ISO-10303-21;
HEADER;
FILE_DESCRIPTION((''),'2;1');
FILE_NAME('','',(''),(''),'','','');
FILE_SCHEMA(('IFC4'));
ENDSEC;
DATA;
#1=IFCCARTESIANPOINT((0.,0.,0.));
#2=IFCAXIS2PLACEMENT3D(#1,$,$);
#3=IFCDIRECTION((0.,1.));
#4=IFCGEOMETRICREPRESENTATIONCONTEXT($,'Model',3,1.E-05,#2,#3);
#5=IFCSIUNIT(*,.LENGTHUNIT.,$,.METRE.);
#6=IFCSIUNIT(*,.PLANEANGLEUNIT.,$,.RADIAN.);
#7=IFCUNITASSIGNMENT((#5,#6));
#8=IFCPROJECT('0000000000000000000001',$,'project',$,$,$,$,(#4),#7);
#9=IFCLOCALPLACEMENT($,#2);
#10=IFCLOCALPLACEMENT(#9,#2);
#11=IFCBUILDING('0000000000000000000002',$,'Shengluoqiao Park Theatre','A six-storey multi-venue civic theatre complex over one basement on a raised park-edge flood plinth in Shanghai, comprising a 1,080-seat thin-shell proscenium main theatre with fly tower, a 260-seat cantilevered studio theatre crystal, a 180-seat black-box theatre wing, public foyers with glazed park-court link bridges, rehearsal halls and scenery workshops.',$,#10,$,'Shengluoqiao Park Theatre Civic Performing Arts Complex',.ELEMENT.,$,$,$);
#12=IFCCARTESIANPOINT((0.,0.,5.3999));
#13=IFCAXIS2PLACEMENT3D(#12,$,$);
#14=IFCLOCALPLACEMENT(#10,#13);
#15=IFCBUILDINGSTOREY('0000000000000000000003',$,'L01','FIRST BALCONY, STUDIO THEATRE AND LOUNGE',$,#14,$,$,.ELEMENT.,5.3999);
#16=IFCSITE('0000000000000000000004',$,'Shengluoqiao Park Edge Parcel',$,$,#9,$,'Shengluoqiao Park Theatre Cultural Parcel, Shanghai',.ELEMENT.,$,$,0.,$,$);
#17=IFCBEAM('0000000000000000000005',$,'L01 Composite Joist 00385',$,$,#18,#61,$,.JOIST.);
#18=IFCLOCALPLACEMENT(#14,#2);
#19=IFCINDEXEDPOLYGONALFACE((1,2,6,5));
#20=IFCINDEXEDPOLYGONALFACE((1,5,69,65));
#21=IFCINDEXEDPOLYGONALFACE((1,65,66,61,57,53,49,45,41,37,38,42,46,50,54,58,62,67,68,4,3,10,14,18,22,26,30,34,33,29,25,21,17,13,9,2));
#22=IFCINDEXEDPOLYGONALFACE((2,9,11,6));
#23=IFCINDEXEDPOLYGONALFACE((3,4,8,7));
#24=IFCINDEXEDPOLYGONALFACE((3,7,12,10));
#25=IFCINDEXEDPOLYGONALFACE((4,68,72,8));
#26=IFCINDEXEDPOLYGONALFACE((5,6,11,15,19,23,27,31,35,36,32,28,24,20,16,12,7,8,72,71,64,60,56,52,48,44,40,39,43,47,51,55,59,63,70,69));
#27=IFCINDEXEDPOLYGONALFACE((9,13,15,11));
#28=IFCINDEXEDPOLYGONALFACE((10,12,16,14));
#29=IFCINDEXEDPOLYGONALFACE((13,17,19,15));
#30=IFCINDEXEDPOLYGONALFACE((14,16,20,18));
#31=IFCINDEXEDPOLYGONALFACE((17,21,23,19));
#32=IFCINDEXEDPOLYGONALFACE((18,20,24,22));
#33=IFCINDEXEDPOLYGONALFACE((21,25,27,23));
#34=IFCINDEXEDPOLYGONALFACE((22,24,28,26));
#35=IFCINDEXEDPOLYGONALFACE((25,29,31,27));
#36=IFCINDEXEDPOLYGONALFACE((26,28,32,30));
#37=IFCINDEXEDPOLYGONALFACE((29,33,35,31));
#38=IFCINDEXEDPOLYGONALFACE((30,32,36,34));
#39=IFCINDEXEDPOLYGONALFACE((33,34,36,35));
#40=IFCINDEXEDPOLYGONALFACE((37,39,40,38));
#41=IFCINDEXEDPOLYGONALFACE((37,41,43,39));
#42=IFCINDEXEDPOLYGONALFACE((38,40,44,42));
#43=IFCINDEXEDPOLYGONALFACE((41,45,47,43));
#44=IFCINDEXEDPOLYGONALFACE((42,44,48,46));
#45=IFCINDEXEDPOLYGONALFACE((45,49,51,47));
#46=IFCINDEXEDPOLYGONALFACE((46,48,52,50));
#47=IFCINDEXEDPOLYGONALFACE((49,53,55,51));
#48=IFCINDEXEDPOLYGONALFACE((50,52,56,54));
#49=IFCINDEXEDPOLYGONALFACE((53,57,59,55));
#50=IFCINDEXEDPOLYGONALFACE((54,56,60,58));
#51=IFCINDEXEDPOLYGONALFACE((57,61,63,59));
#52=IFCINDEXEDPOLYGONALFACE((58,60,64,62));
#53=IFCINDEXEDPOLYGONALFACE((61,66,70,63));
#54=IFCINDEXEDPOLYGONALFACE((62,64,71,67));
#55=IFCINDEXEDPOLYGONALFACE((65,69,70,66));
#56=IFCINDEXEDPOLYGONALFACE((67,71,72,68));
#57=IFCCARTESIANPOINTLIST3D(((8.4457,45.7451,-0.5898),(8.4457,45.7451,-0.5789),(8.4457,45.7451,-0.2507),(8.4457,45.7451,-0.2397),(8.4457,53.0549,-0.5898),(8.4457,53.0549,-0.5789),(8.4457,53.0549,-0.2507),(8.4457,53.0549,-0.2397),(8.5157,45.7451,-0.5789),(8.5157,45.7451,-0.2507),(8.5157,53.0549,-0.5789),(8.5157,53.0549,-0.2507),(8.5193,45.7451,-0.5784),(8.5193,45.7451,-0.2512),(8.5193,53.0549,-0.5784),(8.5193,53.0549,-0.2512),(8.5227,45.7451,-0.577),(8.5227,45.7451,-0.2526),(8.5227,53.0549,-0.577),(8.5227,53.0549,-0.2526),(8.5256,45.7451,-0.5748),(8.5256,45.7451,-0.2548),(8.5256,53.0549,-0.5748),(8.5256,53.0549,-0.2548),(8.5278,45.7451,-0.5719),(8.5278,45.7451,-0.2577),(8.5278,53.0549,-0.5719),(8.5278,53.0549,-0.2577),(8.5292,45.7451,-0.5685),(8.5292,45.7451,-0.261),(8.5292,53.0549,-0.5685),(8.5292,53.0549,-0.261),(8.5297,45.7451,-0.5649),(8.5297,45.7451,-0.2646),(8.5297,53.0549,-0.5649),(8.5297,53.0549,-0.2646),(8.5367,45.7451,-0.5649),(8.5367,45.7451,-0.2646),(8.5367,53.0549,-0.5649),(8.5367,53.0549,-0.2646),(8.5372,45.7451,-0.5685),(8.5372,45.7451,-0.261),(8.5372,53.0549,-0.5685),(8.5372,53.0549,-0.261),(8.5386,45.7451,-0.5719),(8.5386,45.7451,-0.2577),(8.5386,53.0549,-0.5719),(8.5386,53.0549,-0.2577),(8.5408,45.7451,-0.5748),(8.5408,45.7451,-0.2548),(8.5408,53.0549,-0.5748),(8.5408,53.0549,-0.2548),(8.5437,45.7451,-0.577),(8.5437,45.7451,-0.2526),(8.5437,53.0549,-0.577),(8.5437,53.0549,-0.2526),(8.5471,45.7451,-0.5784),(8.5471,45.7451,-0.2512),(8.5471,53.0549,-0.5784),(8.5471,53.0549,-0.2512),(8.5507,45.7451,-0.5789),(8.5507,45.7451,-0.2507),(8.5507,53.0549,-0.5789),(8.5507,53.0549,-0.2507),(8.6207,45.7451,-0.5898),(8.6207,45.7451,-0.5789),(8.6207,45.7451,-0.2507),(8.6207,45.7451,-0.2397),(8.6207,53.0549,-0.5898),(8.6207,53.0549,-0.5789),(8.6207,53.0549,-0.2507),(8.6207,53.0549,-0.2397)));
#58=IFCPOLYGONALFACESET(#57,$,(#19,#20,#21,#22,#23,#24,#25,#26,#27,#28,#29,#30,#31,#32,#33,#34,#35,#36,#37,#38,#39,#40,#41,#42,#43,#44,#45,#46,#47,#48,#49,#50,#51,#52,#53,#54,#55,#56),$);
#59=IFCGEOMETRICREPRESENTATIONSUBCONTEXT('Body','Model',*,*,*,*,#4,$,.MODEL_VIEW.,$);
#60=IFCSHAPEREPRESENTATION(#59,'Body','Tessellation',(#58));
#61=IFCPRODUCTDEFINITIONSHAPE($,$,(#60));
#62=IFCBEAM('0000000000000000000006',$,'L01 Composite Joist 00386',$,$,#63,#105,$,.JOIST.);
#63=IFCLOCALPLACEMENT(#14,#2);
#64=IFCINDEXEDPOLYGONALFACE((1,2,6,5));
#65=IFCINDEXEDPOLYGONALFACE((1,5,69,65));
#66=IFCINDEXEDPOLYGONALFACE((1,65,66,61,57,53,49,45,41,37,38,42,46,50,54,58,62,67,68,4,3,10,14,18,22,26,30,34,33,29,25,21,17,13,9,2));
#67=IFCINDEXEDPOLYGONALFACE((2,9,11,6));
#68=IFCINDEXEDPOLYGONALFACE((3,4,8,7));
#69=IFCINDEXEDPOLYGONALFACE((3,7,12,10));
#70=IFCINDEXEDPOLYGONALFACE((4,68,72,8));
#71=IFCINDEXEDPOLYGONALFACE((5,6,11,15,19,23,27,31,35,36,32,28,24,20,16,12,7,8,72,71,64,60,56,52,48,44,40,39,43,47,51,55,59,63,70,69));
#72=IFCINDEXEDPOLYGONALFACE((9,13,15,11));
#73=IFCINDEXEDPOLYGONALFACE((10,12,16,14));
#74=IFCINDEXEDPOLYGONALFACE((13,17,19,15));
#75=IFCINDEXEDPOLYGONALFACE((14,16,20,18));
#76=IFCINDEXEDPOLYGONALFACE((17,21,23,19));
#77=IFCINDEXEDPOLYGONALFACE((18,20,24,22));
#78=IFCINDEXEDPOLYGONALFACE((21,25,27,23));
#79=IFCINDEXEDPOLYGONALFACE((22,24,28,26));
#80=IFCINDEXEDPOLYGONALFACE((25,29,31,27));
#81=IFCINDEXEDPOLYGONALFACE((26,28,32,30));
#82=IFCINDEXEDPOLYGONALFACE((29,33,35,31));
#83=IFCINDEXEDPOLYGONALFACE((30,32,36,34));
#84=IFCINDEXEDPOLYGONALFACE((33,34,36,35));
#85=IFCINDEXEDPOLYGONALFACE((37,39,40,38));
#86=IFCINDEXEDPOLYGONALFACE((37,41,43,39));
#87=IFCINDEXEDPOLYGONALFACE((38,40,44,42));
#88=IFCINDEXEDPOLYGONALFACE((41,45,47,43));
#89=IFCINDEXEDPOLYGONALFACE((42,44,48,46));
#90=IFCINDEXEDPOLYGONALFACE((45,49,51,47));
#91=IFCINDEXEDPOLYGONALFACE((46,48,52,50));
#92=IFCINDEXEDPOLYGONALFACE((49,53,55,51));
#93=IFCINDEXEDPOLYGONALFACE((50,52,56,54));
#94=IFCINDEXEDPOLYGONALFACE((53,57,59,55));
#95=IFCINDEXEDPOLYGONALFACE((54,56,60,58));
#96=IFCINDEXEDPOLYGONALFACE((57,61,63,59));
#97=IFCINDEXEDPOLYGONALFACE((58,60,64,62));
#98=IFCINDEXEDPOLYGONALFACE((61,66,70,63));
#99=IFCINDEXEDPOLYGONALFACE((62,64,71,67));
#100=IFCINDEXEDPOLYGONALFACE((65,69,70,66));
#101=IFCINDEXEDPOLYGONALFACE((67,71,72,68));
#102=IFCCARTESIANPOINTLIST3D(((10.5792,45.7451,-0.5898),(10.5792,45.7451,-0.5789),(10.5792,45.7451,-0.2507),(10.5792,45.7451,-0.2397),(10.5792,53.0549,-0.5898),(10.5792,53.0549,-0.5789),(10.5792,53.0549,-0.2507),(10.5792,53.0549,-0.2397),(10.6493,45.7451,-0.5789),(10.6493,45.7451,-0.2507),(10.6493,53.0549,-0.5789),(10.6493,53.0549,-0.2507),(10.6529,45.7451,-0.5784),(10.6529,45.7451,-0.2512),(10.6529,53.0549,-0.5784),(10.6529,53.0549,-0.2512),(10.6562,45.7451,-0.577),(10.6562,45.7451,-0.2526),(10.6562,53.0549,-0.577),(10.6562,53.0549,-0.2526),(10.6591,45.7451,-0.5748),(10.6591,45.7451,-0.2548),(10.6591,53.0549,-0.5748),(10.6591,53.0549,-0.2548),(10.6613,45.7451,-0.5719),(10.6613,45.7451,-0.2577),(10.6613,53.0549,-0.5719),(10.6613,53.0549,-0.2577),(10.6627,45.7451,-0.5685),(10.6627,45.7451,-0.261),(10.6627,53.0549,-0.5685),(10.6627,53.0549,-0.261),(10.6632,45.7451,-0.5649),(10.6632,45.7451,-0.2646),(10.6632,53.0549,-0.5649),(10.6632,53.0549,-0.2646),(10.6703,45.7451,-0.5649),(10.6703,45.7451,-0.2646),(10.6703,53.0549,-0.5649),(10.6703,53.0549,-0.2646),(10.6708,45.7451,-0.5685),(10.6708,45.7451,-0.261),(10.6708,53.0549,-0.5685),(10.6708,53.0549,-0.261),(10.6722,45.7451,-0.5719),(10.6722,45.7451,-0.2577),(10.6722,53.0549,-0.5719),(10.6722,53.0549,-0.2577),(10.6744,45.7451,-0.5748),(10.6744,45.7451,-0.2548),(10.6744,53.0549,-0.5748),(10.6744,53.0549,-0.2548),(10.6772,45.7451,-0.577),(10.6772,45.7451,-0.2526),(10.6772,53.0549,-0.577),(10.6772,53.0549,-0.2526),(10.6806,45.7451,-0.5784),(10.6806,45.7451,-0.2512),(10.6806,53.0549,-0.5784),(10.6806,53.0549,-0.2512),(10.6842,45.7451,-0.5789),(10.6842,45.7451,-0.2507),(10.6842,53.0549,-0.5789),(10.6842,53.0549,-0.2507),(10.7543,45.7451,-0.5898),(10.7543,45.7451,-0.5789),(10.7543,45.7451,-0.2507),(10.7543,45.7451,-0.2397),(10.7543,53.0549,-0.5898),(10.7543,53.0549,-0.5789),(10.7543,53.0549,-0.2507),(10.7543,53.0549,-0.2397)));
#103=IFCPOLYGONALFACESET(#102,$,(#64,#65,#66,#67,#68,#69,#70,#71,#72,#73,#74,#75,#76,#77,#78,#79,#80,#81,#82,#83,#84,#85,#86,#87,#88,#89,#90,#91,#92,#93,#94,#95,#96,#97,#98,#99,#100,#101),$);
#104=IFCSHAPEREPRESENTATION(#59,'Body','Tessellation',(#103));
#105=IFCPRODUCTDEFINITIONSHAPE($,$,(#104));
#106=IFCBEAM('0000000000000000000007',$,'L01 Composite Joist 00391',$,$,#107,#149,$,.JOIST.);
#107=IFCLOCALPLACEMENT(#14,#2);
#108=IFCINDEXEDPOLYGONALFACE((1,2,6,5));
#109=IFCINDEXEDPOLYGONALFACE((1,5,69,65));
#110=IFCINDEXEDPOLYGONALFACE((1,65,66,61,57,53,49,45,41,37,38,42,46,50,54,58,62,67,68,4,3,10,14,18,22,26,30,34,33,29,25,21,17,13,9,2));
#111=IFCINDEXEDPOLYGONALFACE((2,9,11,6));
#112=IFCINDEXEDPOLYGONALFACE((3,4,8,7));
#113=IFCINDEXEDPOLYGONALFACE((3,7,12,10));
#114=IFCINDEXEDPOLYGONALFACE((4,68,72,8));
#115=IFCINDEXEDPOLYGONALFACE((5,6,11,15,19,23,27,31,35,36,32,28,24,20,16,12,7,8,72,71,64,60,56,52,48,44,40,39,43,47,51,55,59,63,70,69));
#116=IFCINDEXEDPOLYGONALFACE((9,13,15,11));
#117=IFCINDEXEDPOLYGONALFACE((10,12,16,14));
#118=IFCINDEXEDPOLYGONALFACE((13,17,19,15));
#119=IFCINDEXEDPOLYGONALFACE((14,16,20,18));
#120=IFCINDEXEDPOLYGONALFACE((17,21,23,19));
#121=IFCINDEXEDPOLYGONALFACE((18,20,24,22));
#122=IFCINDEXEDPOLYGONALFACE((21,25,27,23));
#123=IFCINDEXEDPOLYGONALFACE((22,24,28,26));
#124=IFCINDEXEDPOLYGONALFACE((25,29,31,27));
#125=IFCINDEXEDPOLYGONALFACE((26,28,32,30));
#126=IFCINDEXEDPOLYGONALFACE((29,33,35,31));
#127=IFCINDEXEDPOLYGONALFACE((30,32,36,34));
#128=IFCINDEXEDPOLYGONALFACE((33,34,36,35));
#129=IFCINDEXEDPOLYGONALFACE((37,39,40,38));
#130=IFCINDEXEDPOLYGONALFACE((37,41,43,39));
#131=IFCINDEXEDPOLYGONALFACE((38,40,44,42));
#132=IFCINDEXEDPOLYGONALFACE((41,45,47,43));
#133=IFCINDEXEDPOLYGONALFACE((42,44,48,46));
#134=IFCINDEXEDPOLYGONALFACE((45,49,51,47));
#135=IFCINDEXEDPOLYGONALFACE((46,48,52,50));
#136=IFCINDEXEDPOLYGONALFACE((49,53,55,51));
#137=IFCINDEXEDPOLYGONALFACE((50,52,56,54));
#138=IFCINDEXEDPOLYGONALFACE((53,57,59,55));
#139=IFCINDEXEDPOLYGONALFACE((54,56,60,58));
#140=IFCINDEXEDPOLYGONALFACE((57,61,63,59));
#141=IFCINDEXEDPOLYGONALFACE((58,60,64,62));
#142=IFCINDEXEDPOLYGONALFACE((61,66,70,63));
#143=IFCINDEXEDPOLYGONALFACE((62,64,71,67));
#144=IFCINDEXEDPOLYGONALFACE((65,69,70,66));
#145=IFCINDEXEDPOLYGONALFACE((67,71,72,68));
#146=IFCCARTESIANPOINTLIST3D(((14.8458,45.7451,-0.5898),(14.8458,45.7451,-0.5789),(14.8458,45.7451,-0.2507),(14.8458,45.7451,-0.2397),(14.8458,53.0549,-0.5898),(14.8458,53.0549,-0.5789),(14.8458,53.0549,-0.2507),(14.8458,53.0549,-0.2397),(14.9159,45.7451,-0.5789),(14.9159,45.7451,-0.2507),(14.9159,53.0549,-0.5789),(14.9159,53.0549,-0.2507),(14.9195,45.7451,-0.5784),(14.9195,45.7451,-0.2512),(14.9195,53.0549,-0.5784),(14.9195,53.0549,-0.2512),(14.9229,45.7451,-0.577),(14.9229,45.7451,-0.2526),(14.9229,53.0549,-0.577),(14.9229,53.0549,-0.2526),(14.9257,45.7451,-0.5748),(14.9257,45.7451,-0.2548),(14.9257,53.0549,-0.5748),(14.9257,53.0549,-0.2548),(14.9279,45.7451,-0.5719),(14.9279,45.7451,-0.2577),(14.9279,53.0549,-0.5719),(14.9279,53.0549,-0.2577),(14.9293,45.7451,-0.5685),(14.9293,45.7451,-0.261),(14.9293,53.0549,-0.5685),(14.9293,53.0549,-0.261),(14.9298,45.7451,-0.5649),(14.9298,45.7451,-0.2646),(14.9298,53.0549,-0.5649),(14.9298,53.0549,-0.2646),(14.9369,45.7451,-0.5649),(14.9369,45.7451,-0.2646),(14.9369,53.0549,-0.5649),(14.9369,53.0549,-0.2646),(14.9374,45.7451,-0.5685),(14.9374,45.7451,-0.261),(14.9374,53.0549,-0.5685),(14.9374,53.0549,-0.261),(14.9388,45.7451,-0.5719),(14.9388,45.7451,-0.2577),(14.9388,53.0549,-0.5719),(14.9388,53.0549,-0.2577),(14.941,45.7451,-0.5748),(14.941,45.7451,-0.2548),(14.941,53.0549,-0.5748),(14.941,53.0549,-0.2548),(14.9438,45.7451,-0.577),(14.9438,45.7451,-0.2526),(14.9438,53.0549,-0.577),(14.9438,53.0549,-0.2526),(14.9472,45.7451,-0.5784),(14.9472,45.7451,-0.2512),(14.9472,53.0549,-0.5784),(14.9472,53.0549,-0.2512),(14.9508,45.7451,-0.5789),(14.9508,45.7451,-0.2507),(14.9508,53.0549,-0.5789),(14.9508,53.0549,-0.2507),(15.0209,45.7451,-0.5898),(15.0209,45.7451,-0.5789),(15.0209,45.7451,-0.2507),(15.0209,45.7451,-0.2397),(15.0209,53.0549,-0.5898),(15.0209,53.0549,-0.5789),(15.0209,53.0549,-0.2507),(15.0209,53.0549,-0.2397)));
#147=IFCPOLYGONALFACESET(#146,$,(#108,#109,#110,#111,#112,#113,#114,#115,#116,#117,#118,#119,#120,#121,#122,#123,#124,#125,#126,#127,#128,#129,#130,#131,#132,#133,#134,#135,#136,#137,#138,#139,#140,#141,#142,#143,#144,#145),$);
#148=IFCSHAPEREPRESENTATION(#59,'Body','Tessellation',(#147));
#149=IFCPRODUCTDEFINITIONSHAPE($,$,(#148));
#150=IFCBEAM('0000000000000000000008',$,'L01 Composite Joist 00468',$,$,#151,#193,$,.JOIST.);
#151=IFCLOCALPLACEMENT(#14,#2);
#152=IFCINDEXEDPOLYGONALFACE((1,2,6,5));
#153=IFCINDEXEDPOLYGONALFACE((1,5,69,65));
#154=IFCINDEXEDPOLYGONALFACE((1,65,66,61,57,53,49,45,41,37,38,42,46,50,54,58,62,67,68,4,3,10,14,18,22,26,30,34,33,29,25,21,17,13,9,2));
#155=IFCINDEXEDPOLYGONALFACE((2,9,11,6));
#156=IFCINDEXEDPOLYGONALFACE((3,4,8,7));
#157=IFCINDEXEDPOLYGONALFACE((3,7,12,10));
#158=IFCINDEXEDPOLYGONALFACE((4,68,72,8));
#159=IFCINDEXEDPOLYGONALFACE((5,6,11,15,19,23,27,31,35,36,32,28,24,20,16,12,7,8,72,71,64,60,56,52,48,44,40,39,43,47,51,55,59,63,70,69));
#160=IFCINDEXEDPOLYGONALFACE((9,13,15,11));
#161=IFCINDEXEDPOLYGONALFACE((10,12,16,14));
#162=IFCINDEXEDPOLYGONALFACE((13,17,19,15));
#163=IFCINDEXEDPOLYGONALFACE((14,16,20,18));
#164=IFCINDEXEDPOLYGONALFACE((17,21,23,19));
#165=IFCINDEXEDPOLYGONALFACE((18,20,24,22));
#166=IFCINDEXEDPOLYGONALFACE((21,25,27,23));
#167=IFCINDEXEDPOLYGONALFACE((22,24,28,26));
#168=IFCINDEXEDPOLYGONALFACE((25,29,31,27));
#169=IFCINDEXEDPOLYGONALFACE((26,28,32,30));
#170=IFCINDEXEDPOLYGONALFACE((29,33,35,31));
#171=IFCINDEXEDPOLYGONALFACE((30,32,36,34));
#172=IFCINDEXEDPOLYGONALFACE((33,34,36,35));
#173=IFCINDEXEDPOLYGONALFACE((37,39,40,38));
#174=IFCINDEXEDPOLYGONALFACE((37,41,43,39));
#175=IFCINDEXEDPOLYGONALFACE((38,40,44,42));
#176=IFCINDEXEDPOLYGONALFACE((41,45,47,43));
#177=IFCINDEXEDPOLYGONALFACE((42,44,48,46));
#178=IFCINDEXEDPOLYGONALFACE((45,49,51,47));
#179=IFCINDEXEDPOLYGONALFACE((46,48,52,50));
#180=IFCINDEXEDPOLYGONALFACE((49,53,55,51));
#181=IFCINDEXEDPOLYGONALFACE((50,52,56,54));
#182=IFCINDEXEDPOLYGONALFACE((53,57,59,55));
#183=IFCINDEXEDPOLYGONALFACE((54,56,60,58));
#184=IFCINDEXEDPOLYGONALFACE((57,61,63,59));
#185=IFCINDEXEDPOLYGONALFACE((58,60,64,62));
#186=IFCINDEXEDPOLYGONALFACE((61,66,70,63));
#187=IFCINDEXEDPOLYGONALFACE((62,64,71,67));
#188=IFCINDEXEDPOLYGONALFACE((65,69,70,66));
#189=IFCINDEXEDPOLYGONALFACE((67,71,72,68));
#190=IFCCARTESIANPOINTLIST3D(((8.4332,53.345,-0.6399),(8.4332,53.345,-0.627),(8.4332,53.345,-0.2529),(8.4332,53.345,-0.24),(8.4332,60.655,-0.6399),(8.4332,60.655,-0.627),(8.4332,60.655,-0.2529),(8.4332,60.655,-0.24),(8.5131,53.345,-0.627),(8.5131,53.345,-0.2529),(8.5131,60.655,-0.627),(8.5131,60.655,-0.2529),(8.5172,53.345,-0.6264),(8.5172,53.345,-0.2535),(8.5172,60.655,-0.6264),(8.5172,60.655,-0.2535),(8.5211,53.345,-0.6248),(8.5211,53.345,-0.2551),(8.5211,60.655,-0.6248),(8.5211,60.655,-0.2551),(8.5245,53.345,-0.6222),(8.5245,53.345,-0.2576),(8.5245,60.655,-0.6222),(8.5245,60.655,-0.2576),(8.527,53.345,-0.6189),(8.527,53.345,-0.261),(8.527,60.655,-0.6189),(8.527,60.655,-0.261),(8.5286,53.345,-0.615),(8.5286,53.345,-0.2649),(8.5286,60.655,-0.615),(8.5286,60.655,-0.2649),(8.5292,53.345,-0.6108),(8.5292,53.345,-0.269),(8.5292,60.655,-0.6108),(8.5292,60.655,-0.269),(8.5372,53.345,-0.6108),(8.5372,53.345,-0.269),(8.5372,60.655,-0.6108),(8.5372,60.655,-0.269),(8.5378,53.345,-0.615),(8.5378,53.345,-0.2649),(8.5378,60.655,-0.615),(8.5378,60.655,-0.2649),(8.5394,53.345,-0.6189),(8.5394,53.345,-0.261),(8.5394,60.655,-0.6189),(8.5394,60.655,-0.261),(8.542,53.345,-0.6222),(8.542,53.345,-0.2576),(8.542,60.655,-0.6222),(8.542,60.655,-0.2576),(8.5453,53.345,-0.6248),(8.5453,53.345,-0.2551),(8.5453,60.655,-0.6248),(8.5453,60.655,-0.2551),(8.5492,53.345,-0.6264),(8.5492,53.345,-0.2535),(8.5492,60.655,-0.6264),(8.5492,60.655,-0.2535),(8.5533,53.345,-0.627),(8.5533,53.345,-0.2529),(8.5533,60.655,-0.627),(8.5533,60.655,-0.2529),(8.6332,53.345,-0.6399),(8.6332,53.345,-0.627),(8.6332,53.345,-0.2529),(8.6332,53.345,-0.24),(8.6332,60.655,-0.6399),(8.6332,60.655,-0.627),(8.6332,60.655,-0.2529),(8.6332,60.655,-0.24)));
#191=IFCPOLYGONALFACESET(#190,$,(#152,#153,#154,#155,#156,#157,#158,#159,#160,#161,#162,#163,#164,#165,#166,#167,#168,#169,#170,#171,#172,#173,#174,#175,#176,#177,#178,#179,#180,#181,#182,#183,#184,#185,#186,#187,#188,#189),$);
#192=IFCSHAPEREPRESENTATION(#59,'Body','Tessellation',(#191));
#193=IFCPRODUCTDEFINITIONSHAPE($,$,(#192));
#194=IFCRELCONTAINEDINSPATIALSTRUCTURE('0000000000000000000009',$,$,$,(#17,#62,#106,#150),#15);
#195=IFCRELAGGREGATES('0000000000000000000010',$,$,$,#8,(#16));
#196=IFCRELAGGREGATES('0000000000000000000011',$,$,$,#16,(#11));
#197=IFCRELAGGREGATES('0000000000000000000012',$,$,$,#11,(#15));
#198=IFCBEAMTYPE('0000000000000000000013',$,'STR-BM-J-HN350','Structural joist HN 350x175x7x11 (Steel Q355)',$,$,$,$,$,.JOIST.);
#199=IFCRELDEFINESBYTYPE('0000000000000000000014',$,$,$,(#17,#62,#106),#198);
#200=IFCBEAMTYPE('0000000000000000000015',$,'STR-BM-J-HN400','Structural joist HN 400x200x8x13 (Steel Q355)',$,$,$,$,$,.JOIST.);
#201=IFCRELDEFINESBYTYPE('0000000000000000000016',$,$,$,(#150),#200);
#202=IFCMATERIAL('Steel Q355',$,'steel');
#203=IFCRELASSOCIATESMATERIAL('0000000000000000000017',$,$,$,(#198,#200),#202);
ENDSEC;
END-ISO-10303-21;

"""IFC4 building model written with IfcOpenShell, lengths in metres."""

from ifc_helpers import new_model, si_unit, direction, frame, origin, origin_2d, place, context, subcontext, project, spatial, i_section, extrude, material, material_profile, profile_set, type_object, element, save


model = new_model("IFC4")

# Units and contexts
model_context = context("Model", 3, precision=1e-05, world=origin(), true_north=direction((0.0, 1.0)))
body_context = subcontext(model_context, "Body", "Model", "MODEL_VIEW")
ifc_project = project(units=[si_unit("LENGTHUNIT", "METRE"), si_unit("PLANEANGLEUNIT", "RADIAN")], contexts=[model_context])

# Site, building, storey
site_placement = place(None, origin())
site = spatial("IfcSite", under=ifc_project, at=site_placement, Name="Shengluoqiao Park Edge Parcel", LongName="Shengluoqiao Park Theatre Cultural Parcel, Shanghai", CompositionType="ELEMENT", RefElevation=0.0)
building_placement = place(site_placement, origin())
building = spatial("IfcBuilding", under=site, at=building_placement, Name="Shengluoqiao Park Theatre", Description="A six-storey multi-venue civic theatre complex over one basement on a raised park-edge flood plinth in Shanghai, comprising a 1,080-seat thin-shell proscenium main theatre with fly tower, a 260-seat cantilevered studio theatre crystal, a 180-seat black-box theatre wing, public foyers with glazed park-court link bridges, rehearsal halls and scenery workshops.", LongName="Shengluoqiao Park Theatre Civic Performing Arts Complex", CompositionType="ELEMENT")
storey_placement = place(building_placement, frame((0.0, 0.0, 5.3999)))
storey = spatial("IfcBuildingStorey", under=building, at=storey_placement, Name="L01", Description="FIRST BALCONY, STUDIO THEATRE AND LOUNGE", CompositionType="ELEMENT", Elevation=5.3999)

# Shared definitions
ifc_material_1 = material(Name="Steel Q355", Category="steel")

# Beams
ifc_material_profile_1 = material_profile(ifc_material_1, i_section(OverallWidth=0.175, OverallDepth=0.3501, WebThickness=0.0071, FlangeThickness=0.011, FilletRadius=0.0139, at=origin_2d()), Name="HN 350x175x7x11")
ifc_profile_set_1 = profile_set([ifc_material_profile_1], Name="Steel Q355")
beam_type_1 = type_object("IfcBeamType", Name="STR-BM-J-HN350", Description="Structural joist HN 350x175x7x11 (Steel Q355)", PredefinedType="JOIST", material=ifc_profile_set_1)
for number, where, z_axis, x_axis, name in (
    (1, (8.5332, 45.7451, -0.4148), (0.0, 1.0, 0.0), (-1.0, 0.0, 0.0), "L01 Composite Joist 00385"),
    (2, (10.6667, 45.7451, -0.4148), (0.0, 1.0, 0.0), (-1.0, 0.0, 0.0), "L01 Composite Joist 00386"),
    (3, (14.9333, 45.7451, -0.4148), (0.0, 1.0, 0.0), (-1.0, 0.0, 0.0), "L01 Composite Joist 00391"),
):
    element("IfcBeam", number, at=place(storey_placement, frame(where, z_axis=z_axis, x_axis=x_axis)), inside=storey, type_object=beam_type_1, Name=name, PredefinedType="JOIST", context=body_context, shape_type="SweptSolid", body=[
        extrude(i_section(OverallWidth=0.175, OverallDepth=0.3501, WebThickness=0.0071, FlangeThickness=0.011, FilletRadius=0.0139, at=origin_2d()), origin(), (0.0, 0.0, 1.0), 7.3098),
    ])
ifc_material_profile_2 = material_profile(ifc_material_1, i_section(OverallWidth=0.2, OverallDepth=0.3999, WebThickness=0.0081, FlangeThickness=0.0129, FilletRadius=0.0161, at=origin_2d()), Name="HN 400x200x8x13")
ifc_profile_set_2 = profile_set([ifc_material_profile_2], Name="Steel Q355")
beam_type_2 = type_object("IfcBeamType", Name="STR-BM-J-HN400", Description="Structural joist HN 400x200x8x13 (Steel Q355)", PredefinedType="JOIST", material=ifc_profile_set_2)
for number, where, z_axis, x_axis, name in (
    (4, (8.5332, 53.345, -0.4399), (0.0, 1.0, 0.0), (-1.0, 0.0, 0.0), "L01 Composite Joist 00468"),
):
    element("IfcBeam", number, at=place(storey_placement, frame(where, z_axis=z_axis, x_axis=x_axis)), inside=storey, type_object=beam_type_2, Name=name, PredefinedType="JOIST", context=body_context, shape_type="SweptSolid", body=[
        extrude(i_section(OverallWidth=0.2, OverallDepth=0.3999, WebThickness=0.0081, FlangeThickness=0.0129, FilletRadius=0.0161, at=origin_2d()), origin(), (0.0, 0.0, 1.0), 7.3101),
    ])

save(model, "model.ifc")
